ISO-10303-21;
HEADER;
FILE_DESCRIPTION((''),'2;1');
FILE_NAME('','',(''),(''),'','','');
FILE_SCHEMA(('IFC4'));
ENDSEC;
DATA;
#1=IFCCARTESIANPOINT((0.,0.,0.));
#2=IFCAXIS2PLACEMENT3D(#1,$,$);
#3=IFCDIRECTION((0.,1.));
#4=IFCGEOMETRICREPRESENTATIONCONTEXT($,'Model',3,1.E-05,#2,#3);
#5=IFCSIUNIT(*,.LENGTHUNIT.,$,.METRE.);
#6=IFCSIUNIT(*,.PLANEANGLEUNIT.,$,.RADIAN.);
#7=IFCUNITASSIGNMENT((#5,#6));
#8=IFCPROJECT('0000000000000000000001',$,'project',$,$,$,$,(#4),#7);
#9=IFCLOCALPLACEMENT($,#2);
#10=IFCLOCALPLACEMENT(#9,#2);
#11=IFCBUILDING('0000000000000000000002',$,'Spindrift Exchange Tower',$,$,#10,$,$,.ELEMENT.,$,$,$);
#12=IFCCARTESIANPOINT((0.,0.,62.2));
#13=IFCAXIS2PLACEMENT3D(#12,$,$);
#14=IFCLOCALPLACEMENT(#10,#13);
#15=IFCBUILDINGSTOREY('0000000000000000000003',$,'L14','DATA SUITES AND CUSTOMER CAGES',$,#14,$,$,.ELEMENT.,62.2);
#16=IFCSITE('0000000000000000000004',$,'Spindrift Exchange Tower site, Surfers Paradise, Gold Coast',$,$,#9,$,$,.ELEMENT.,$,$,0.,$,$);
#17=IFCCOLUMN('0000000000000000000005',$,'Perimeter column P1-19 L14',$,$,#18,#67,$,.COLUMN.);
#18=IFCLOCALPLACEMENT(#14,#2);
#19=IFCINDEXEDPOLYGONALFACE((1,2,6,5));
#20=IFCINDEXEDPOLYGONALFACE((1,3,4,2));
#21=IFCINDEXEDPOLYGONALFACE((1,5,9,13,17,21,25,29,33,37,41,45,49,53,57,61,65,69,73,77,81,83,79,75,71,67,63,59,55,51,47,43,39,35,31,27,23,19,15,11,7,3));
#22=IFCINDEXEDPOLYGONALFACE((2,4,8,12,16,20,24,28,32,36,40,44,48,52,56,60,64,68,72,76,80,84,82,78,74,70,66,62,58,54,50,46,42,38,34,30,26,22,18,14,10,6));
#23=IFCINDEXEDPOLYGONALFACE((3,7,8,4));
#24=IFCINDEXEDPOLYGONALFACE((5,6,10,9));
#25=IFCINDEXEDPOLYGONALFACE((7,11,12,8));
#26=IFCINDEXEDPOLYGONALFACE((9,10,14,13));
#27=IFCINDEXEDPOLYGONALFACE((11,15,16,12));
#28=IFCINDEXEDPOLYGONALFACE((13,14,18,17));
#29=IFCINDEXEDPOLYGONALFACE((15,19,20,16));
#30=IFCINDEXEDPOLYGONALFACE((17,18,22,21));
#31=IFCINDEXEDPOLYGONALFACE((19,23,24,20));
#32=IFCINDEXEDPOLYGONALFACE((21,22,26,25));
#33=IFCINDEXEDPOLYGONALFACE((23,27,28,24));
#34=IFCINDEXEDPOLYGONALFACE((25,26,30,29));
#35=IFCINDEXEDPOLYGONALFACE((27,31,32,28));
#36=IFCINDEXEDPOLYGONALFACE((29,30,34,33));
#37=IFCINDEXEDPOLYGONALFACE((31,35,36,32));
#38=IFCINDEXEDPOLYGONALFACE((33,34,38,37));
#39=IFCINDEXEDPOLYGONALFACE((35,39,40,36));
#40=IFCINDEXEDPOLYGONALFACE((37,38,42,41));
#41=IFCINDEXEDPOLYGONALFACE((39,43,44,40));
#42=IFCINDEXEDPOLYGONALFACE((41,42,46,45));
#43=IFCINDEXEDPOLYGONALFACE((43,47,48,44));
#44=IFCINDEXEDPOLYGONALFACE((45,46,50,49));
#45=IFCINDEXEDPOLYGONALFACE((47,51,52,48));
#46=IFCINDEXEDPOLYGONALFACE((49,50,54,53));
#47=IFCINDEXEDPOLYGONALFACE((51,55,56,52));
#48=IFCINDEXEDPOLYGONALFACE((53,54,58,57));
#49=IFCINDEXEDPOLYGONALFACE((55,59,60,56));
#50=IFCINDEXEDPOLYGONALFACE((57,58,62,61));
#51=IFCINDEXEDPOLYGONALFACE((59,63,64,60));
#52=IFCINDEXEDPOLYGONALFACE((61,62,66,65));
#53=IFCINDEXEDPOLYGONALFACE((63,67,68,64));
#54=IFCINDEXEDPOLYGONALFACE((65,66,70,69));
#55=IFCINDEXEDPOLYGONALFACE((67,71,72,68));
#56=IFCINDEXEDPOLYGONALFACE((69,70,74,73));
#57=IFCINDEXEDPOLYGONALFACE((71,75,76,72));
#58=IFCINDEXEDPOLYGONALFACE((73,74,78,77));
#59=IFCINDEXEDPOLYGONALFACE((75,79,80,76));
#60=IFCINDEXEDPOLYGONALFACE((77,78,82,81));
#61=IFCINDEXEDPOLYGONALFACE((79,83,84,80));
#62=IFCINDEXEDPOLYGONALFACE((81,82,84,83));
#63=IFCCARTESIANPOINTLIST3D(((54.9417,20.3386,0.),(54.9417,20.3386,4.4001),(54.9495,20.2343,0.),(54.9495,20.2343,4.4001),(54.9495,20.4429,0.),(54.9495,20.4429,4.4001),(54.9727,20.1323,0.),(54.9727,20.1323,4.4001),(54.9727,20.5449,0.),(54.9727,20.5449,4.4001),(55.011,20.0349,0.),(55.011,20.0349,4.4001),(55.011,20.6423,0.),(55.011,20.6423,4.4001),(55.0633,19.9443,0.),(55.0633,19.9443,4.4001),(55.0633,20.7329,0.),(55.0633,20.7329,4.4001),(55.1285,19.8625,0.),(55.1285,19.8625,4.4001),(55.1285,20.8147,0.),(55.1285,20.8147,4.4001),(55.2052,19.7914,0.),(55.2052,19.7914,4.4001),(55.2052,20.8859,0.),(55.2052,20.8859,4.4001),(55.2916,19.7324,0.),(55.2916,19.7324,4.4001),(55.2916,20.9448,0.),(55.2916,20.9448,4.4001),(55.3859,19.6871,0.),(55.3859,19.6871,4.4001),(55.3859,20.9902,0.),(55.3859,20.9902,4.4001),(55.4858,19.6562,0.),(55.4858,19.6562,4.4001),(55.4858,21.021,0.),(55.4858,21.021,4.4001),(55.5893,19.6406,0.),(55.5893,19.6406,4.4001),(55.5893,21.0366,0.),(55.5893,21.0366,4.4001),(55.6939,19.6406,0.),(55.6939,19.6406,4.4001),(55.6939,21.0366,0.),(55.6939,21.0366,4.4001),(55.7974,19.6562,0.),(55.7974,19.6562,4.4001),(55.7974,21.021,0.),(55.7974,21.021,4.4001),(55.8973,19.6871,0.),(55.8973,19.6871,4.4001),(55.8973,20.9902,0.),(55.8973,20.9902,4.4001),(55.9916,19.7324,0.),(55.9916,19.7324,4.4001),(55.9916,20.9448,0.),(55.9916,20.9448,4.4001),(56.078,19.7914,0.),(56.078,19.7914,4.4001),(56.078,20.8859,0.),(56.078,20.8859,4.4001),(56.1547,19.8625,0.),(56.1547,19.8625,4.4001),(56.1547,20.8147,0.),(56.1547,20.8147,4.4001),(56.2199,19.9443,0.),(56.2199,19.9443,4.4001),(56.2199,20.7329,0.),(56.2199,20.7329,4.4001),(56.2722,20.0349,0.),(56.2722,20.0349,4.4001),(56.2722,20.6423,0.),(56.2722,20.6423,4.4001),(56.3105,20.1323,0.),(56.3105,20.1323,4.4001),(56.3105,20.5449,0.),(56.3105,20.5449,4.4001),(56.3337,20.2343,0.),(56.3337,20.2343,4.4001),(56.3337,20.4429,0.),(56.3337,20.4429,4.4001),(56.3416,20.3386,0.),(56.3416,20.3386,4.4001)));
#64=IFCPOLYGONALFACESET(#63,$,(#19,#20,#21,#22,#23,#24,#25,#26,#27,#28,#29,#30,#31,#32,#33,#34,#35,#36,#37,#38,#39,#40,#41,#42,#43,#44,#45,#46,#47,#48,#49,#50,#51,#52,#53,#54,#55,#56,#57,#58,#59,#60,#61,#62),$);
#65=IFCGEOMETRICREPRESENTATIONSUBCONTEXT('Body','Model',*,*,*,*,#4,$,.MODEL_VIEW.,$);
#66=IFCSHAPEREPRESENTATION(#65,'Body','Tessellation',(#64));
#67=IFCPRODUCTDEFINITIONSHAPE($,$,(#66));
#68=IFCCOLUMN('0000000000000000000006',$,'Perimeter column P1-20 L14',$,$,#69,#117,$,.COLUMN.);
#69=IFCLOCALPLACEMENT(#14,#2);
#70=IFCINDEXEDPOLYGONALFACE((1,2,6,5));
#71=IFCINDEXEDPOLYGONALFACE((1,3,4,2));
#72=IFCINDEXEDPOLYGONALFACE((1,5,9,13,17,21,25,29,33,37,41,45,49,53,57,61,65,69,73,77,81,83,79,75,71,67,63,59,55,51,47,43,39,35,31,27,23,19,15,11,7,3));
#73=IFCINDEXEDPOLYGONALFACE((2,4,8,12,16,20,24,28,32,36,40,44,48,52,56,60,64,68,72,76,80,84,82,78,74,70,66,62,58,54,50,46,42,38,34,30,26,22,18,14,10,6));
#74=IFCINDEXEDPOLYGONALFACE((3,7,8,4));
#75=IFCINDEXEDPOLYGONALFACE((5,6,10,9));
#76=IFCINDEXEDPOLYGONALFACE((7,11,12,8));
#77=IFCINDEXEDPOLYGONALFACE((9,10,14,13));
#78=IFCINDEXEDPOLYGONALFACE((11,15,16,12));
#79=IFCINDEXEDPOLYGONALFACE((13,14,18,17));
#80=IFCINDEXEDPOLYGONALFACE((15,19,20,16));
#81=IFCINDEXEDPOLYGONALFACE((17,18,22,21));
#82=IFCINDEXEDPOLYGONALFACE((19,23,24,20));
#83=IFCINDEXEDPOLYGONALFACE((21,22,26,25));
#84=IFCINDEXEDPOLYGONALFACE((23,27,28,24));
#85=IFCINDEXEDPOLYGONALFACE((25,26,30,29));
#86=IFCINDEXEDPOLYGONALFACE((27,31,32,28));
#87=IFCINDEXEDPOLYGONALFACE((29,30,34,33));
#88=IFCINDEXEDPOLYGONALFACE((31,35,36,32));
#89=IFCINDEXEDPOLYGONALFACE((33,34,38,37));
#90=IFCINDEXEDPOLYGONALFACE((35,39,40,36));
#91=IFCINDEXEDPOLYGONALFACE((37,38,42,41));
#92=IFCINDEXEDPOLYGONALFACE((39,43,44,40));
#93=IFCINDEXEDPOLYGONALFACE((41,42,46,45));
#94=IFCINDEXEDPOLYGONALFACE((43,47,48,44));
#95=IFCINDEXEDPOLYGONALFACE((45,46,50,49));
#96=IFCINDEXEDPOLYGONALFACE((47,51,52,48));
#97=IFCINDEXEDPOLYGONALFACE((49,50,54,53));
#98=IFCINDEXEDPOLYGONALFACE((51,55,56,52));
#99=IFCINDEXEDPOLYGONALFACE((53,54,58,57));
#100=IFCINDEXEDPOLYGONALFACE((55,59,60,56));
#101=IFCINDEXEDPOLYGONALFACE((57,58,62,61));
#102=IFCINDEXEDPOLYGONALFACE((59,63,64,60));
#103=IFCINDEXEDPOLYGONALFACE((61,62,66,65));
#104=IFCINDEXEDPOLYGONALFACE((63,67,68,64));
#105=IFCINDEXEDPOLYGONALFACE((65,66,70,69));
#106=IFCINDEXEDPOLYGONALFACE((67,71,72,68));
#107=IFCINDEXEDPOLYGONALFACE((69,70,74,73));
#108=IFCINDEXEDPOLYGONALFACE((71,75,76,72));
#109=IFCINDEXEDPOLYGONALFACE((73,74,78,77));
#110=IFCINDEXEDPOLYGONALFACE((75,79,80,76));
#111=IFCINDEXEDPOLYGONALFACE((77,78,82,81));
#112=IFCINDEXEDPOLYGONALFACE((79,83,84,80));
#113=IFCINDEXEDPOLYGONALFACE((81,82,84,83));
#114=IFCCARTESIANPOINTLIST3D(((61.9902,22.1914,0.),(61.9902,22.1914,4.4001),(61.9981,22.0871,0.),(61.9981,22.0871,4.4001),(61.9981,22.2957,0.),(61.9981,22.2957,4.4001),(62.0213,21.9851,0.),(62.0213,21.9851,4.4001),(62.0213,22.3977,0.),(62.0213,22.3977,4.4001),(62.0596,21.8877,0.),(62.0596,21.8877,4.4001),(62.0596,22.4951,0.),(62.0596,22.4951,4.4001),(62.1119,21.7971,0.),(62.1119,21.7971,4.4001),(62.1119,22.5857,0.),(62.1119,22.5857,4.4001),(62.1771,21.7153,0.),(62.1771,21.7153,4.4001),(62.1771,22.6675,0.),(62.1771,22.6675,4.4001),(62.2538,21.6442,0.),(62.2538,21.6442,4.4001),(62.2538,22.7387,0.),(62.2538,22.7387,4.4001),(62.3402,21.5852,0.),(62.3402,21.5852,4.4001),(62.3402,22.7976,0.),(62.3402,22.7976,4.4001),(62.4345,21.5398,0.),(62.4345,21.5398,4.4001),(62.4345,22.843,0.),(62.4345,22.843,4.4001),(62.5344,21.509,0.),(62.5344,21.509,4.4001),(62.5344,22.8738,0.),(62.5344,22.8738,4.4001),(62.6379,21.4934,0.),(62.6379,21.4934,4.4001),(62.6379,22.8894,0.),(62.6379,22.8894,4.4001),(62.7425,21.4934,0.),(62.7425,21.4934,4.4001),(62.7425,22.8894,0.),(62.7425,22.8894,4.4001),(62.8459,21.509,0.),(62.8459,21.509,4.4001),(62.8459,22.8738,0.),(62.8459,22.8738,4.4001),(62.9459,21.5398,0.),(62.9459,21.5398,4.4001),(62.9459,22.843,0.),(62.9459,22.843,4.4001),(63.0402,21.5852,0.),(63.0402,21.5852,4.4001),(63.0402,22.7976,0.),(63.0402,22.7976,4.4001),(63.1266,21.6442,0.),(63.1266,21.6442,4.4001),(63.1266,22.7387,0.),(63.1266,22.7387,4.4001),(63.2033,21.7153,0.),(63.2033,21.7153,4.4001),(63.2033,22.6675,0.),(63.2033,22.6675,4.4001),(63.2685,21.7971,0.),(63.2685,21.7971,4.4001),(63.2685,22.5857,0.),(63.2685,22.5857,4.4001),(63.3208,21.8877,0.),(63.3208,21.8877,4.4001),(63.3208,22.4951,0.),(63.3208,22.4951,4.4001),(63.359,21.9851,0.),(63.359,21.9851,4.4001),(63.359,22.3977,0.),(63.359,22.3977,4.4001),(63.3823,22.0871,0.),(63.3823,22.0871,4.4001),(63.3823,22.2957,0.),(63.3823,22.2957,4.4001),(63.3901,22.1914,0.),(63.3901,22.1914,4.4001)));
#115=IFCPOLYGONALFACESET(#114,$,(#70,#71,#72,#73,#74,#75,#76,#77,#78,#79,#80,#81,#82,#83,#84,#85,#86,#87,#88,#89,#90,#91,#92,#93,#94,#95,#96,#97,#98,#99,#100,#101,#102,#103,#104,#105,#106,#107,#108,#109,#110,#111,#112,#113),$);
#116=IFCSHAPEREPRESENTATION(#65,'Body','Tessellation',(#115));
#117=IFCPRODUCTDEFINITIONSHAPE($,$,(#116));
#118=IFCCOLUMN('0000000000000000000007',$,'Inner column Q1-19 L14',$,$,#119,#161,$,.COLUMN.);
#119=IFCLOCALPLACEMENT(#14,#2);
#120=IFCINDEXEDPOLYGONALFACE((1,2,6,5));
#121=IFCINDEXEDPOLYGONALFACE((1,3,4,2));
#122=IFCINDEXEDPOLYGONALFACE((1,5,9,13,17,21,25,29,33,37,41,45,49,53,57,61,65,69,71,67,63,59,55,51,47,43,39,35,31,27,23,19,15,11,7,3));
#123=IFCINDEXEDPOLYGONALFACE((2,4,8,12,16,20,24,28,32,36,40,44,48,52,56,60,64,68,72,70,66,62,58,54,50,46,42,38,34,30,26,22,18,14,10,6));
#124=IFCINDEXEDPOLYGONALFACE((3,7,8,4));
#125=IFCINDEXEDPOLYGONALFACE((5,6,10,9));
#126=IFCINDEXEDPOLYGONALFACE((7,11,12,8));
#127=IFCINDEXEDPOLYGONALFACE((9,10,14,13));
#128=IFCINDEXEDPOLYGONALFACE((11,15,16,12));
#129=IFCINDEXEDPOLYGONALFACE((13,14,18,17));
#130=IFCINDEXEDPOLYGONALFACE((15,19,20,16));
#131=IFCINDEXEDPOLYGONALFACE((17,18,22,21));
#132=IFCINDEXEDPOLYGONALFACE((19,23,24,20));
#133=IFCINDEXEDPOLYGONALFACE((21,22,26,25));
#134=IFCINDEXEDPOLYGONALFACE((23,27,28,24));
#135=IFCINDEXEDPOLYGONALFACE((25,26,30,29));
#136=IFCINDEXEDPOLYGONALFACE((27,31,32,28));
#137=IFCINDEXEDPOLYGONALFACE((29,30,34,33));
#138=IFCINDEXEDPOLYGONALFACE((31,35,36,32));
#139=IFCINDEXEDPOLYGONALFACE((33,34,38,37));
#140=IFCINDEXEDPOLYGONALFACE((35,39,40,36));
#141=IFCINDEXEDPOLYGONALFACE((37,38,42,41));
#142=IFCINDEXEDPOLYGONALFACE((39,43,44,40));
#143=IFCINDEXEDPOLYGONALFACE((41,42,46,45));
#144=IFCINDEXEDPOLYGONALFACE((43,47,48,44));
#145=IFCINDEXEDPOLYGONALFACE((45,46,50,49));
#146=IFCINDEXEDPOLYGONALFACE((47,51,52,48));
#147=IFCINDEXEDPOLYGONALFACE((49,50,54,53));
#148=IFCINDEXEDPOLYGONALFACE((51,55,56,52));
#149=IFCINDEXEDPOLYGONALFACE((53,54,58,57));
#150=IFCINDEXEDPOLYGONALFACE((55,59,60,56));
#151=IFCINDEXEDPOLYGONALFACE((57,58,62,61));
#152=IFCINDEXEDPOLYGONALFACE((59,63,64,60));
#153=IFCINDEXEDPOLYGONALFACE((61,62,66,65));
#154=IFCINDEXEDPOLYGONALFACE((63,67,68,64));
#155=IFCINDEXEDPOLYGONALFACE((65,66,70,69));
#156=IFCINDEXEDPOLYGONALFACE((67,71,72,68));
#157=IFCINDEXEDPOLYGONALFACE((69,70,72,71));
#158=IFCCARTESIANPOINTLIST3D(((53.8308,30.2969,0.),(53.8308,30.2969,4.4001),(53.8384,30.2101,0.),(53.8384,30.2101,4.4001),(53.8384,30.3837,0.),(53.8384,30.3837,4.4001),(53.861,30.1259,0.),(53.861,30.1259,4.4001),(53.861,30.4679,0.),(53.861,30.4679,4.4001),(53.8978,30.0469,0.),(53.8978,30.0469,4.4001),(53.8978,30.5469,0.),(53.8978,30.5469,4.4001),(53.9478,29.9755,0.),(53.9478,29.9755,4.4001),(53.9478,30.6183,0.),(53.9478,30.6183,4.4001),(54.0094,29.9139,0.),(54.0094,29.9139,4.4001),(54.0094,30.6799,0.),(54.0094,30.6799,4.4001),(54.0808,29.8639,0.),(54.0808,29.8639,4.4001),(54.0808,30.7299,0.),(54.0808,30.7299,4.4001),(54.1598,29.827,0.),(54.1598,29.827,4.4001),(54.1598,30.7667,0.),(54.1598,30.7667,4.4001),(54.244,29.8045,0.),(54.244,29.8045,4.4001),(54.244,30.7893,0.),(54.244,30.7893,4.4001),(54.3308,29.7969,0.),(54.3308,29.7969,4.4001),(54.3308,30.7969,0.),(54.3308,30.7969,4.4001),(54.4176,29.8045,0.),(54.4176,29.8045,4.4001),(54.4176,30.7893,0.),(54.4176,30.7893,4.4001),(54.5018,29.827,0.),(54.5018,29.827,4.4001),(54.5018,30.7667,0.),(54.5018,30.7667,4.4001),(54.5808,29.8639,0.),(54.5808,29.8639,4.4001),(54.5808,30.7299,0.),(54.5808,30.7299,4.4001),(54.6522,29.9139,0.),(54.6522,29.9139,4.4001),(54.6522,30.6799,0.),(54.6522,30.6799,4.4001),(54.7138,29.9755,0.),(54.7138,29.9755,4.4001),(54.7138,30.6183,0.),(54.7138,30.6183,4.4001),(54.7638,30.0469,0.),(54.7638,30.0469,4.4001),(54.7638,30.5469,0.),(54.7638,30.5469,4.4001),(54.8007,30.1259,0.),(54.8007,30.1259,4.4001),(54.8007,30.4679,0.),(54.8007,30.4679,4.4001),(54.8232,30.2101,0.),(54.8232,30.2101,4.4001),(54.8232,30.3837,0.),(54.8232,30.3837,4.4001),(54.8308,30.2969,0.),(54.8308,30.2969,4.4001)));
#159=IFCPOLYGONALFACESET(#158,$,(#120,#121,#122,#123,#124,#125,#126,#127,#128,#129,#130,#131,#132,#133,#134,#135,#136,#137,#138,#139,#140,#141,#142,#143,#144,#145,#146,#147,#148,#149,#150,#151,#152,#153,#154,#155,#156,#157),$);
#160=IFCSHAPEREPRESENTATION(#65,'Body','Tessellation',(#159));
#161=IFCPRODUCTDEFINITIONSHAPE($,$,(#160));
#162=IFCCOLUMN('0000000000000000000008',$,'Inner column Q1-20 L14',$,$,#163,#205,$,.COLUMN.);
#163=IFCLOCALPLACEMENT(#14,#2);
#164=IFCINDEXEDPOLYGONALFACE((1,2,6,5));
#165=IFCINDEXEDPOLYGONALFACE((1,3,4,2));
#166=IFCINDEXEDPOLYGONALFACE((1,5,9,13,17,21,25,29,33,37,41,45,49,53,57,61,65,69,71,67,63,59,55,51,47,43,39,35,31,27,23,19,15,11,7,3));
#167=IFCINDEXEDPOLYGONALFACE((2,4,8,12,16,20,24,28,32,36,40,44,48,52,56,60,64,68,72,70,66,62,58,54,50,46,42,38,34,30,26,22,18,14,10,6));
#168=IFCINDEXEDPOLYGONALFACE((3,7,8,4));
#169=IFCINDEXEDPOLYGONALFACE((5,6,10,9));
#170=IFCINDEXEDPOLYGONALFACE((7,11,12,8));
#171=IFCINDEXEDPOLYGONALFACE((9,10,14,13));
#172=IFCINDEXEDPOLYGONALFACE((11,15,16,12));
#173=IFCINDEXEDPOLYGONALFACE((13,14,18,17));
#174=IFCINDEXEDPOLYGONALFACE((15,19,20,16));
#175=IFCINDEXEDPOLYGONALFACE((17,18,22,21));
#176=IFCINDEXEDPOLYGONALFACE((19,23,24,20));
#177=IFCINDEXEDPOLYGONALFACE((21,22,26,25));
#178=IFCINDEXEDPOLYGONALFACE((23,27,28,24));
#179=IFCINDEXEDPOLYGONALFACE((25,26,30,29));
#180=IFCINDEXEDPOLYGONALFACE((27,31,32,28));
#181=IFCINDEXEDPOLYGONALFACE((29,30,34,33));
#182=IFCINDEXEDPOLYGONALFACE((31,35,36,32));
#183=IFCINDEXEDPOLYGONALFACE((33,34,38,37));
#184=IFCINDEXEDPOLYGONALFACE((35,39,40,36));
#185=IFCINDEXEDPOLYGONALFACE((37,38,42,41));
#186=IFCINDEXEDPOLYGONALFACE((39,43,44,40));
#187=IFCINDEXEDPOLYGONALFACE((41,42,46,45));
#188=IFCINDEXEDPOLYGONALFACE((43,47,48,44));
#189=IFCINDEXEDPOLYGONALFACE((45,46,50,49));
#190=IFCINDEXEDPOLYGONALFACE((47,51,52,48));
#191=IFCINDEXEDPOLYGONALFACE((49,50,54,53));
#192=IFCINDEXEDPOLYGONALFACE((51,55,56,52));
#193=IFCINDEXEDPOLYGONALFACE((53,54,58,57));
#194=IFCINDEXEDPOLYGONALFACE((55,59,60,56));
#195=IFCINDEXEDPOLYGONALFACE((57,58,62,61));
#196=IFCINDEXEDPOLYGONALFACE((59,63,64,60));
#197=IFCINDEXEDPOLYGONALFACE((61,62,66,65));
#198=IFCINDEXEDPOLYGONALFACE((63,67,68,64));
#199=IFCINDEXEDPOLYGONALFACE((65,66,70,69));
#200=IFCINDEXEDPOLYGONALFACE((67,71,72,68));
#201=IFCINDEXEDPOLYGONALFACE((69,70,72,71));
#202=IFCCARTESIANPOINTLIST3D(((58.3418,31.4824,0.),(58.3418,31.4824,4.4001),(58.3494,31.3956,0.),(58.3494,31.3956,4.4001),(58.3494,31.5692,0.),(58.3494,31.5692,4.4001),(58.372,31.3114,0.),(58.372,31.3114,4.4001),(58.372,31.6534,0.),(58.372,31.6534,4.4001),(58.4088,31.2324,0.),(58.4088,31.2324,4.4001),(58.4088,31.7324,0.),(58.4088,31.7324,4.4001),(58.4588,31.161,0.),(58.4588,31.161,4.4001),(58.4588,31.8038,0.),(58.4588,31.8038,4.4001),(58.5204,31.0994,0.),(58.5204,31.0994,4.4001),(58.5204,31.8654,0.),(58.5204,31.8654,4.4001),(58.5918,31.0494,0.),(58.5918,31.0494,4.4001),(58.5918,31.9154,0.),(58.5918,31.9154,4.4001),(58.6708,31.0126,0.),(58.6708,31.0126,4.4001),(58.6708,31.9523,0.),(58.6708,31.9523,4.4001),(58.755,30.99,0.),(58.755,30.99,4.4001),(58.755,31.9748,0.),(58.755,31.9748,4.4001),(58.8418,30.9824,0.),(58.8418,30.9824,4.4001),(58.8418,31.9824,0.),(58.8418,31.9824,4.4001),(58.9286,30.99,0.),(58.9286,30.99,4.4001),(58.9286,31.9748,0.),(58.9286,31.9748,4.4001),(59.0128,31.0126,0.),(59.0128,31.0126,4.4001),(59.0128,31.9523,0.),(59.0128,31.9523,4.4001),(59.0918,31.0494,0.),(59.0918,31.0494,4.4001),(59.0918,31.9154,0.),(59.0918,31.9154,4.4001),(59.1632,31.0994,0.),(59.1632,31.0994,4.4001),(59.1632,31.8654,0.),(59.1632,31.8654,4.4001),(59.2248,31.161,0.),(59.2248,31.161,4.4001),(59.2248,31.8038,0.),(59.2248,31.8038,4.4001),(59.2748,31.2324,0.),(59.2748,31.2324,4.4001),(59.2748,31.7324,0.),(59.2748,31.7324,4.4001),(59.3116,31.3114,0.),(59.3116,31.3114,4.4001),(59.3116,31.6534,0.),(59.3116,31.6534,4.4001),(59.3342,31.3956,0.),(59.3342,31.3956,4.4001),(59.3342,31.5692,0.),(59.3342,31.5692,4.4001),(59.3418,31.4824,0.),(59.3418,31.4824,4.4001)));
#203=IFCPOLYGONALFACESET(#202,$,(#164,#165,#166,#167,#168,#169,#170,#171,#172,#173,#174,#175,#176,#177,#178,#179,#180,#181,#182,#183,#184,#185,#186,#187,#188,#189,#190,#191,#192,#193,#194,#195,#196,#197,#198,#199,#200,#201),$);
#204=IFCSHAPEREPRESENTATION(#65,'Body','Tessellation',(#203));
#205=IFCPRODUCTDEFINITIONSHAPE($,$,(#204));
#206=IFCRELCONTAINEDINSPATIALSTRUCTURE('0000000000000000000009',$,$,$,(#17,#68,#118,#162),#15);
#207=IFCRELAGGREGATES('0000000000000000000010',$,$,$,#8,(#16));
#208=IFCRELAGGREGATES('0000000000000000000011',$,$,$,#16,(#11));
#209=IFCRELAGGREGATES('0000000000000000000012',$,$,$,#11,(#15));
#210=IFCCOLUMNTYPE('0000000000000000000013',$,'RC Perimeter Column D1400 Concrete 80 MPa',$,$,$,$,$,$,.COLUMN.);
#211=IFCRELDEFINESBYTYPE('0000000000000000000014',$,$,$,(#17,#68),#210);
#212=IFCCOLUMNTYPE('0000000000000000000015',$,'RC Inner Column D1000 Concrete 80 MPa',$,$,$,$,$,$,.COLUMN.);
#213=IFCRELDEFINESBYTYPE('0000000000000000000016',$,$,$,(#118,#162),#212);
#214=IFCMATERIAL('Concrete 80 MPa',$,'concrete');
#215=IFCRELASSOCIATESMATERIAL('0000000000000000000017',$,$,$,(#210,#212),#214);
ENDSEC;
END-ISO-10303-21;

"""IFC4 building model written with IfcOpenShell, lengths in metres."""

from ifc_helpers import new_model, si_unit, direction, frame, origin, origin_2d, place, context, subcontext, project, spatial, circle, extrude, source, transform, mapped, material, material_profile, profile_set, type_object, element, save


model = new_model("IFC4")

# Units and contexts
model_context = context("Model", 3, precision=1e-05, world=origin(), true_north=direction((0.0, 1.0)))
body_context = subcontext(model_context, "Body", "Model", "MODEL_VIEW")
ifc_project = project(units=[si_unit("LENGTHUNIT", "METRE"), si_unit("PLANEANGLEUNIT", "RADIAN")], contexts=[model_context])

# Site, building, storey
site_placement = place(None, origin())
site = spatial("IfcSite", under=ifc_project, at=site_placement, Name="Spindrift Exchange Tower site, Surfers Paradise, Gold Coast", CompositionType="ELEMENT", RefElevation=0.0)
building_placement = place(site_placement, origin())
building = spatial("IfcBuilding", under=site, at=building_placement, Name="Spindrift Exchange Tower", CompositionType="ELEMENT")
storey_placement = place(building_placement, frame((0.0, 0.0, 62.2)))
storey = spatial("IfcBuildingStorey", under=building, at=storey_placement, Name="L14", Description="DATA SUITES AND CUSTOMER CAGES", CompositionType="ELEMENT", Elevation=62.2)

# Columns
ifc_material_1 = material(Name="Concrete 80 MPa", Category="concrete")
ifc_material_profile_1 = material_profile(ifc_material_1, circle(Radius=0.7, at=origin_2d()), Name="RC D1400")
ifc_profile_set_1 = profile_set([ifc_material_profile_1], Name="Concrete 80 MPa")
column_type_1 = type_object("IfcColumnType", Name="RC Perimeter Column D1400 Concrete 80 MPa", PredefinedType="COLUMN", material=ifc_profile_set_1)
shared_shape_1 = source(origin(), body_context, "Body", "SweptSolid", [
    extrude(circle(Radius=0.7, at=origin_2d()), origin(), (0.0, 0.0, 1.0), 4.4001),
])
for number, where, z_axis, x_axis, name in (
    (1, (55.6416, 20.3386, 0.0), (0.0, 0.0, 1.0), (1.0, 0.0, 0.0), "Perimeter column P1-19 L14"),
    (2, (62.6902, 22.1914, 0.0), (0.0, 0.0, 1.0), (1.0, 0.0, 0.0), "Perimeter column P1-20 L14"),
):
    element("IfcColumn", number, at=place(storey_placement, frame(where, z_axis=z_axis, x_axis=x_axis)), inside=storey, type_object=column_type_1, Name=name, PredefinedType="COLUMN", context=body_context, shape_type="MappedRepresentation", body=[
        mapped(shared_shape_1, transform((0.0, 0.0, 0.0), scale=1.0)),
    ])
ifc_material_profile_2 = material_profile(ifc_material_1, circle(Radius=0.5, at=origin_2d()), Name="RC D1000")
ifc_profile_set_2 = profile_set([ifc_material_profile_2], Name="Concrete 80 MPa")
column_type_2 = type_object("IfcColumnType", Name="RC Inner Column D1000 Concrete 80 MPa", PredefinedType="COLUMN", material=ifc_profile_set_2)
shared_shape_2 = source(origin(), body_context, "Body", "SweptSolid", [
    extrude(circle(Radius=0.5, at=origin_2d()), origin(), (0.0, 0.0, 1.0), 4.4001),
])
for number, where, z_axis, x_axis, name in (
    (3, (54.3308, 30.2969, 0.0), (0.0, 0.0, 1.0), (1.0, 0.0, 0.0), "Inner column Q1-19 L14"),
    (4, (58.8418, 31.4824, 0.0), (0.0, 0.0, 1.0), (1.0, 0.0, 0.0), "Inner column Q1-20 L14"),
):
    element("IfcColumn", number, at=place(storey_placement, frame(where, z_axis=z_axis, x_axis=x_axis)), inside=storey, type_object=column_type_2, Name=name, PredefinedType="COLUMN", context=body_context, shape_type="MappedRepresentation", body=[
        mapped(shared_shape_2, transform((0.0, 0.0, 0.0), scale=1.0)),
    ])

save(model, "model.ifc")
